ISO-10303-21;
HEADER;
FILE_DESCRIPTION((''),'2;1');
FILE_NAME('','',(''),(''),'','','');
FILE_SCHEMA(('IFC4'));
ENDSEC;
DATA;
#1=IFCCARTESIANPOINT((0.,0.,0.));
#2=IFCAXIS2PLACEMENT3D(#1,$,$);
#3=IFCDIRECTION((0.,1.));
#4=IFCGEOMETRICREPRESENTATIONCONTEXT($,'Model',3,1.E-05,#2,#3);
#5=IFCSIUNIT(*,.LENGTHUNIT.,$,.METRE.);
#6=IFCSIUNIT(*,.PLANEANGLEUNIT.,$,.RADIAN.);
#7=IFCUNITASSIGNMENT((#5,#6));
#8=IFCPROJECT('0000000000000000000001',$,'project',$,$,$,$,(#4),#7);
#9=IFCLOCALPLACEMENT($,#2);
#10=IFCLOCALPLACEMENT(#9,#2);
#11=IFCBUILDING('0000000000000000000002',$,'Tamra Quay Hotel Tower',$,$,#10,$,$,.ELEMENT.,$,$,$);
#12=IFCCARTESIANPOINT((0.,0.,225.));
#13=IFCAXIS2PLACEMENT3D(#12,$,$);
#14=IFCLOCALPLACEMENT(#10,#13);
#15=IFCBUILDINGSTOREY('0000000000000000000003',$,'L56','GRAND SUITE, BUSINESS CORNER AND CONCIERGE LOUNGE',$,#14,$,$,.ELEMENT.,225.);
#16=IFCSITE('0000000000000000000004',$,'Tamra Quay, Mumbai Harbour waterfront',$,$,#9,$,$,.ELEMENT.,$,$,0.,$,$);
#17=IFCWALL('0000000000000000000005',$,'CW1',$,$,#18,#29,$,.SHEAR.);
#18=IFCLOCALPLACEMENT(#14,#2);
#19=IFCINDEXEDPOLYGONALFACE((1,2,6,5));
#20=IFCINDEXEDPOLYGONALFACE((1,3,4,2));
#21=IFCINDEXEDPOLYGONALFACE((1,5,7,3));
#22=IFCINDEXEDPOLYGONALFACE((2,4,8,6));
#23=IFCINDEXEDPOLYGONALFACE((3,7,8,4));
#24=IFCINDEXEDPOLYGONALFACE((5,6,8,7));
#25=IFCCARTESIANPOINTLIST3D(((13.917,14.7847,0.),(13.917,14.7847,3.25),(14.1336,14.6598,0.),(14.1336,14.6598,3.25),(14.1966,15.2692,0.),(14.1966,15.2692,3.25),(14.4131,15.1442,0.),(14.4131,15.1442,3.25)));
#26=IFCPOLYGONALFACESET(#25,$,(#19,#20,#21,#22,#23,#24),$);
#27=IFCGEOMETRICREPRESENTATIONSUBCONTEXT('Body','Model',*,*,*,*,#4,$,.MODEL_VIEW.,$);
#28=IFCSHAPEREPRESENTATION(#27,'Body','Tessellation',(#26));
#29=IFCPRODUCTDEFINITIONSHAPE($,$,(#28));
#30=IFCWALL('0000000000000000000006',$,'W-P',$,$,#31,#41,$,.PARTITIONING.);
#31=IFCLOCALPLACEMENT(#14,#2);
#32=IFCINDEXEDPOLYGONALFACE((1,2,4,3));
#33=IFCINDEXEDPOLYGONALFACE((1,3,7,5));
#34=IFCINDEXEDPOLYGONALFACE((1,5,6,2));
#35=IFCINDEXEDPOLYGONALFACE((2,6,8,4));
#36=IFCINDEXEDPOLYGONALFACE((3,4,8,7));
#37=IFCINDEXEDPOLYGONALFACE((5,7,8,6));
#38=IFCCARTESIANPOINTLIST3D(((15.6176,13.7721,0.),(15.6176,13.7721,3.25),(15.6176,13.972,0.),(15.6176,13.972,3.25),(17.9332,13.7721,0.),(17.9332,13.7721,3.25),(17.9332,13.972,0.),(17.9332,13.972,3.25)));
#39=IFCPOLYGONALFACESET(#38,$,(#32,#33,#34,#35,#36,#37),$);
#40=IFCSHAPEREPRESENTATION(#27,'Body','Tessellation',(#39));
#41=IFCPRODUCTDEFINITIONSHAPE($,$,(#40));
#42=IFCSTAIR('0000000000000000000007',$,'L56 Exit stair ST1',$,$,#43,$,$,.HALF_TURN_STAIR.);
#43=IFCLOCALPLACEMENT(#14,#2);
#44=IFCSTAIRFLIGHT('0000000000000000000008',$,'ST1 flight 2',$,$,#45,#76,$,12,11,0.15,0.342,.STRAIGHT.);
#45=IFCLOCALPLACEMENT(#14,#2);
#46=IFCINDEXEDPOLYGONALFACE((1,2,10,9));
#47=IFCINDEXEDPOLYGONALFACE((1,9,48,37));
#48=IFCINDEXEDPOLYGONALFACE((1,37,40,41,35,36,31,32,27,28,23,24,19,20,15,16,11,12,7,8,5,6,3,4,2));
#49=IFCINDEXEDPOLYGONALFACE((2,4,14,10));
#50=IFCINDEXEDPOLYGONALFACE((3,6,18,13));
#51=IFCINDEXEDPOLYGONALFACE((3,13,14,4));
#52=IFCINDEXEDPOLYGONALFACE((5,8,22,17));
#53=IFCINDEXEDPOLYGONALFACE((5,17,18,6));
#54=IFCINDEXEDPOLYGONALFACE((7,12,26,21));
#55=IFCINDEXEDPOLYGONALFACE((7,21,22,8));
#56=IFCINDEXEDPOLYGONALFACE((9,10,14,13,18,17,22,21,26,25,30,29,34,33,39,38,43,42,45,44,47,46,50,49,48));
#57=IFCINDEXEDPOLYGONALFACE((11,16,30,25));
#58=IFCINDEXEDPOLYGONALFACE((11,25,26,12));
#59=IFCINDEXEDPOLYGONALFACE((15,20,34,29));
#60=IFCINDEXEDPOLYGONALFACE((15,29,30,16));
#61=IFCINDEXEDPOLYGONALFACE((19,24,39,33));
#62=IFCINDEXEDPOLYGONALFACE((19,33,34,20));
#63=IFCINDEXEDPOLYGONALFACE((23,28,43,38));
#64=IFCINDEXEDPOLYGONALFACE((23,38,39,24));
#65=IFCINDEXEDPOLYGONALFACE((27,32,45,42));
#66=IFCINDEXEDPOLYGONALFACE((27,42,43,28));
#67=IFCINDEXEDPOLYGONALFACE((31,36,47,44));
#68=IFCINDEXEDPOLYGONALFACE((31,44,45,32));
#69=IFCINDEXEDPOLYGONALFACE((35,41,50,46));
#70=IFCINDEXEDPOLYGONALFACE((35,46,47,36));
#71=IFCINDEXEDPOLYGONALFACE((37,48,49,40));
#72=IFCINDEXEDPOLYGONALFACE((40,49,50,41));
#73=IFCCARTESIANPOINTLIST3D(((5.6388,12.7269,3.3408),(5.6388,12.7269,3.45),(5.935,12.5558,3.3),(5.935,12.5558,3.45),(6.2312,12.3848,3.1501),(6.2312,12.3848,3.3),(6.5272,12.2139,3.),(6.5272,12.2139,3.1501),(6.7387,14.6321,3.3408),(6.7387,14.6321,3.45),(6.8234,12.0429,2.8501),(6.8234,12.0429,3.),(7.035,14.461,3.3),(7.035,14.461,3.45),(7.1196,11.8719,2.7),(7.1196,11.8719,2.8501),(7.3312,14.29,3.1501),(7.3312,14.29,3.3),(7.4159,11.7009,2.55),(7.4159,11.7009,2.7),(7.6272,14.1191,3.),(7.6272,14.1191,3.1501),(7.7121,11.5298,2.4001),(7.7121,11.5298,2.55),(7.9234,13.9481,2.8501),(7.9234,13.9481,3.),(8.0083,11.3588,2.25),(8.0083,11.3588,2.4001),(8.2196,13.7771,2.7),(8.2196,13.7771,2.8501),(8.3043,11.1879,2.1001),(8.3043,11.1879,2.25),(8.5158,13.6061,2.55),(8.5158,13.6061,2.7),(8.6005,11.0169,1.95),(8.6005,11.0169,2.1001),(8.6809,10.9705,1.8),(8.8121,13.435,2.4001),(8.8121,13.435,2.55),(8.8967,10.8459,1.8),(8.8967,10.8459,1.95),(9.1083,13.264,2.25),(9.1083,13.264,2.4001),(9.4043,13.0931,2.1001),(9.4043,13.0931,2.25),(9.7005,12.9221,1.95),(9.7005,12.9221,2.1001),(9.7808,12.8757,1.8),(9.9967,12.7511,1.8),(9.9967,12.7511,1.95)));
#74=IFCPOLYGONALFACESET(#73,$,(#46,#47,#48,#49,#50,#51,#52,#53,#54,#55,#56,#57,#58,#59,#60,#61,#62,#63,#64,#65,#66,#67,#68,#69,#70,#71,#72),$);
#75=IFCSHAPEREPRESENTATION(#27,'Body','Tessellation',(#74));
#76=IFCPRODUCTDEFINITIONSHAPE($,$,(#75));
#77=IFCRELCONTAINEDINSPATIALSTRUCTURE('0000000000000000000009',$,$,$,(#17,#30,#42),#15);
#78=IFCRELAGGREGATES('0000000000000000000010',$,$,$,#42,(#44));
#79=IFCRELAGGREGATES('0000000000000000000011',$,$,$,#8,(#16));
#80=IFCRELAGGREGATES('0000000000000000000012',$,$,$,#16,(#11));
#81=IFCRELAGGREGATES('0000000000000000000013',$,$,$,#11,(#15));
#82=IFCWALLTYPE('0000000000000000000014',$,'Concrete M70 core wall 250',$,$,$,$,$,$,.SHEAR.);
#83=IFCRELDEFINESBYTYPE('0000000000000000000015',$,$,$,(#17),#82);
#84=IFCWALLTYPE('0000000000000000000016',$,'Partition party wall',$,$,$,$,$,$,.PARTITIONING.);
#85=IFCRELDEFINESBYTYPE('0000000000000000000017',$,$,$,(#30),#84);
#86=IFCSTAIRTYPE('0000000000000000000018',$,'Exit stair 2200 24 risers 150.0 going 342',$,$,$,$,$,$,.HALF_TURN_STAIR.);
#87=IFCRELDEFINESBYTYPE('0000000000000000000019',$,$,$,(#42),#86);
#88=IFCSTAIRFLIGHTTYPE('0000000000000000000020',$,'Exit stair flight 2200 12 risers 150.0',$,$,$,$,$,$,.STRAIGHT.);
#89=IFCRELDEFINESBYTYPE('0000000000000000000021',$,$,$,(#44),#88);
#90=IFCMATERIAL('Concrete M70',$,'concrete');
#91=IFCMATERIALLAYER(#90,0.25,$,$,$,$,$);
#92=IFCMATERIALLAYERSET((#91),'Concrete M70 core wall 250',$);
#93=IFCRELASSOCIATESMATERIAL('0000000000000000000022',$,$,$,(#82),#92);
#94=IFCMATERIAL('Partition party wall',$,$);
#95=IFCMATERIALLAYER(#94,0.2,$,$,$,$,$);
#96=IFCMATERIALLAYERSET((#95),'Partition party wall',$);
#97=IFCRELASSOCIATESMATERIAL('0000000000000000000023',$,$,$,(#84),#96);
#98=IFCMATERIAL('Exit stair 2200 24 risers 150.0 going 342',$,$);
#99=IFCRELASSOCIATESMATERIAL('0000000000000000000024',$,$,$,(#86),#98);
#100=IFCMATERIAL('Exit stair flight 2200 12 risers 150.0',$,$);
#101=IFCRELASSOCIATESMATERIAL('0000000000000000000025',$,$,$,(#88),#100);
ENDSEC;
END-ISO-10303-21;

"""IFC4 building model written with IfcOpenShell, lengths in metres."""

from ifc_helpers import new_model, si_unit, direction, frame, frame_2d, origin, place, context, subcontext, project, spatial, polyline, rectangle, outline, extrude, material, layer, layer_set, type_object, element, aggregate, save


model = new_model("IFC4")

# Units and contexts
model_context = context("Model", 3, precision=1e-05, world=origin(), true_north=direction((0.0, 1.0)))
body_context = subcontext(model_context, "Body", "Model", "MODEL_VIEW")
ifc_project = project(units=[si_unit("LENGTHUNIT", "METRE"), si_unit("PLANEANGLEUNIT", "RADIAN")], contexts=[model_context])

# Site, building, storey
site_placement = place(None, origin())
site = spatial("IfcSite", under=ifc_project, at=site_placement, Name="Tamra Quay, Mumbai Harbour waterfront", CompositionType="ELEMENT", RefElevation=0.0)
building_placement = place(site_placement, origin())
building = spatial("IfcBuilding", under=site, at=building_placement, Name="Tamra Quay Hotel Tower", CompositionType="ELEMENT")
storey_placement = place(building_placement, frame((0.0, 0.0, 225.0)))
storey = spatial("IfcBuildingStorey", under=building, at=storey_placement, Name="L56", Description="GRAND SUITE, BUSINESS CORNER AND CONCIERGE LOUNGE", CompositionType="ELEMENT", Elevation=225.0)

# Shared definitions
ifc_material_1 = material(Name="Concrete M70", Category="concrete")

# Walls
ifc_layer_1 = layer(ifc_material_1, 0.25)
ifc_layer_set_1 = layer_set([ifc_layer_1], Name="Concrete M70 core wall 250")
wall_type_1 = type_object("IfcWallType", Name="Concrete M70 core wall 250", PredefinedType="SHEAR", material=ifc_layer_set_1)
wall_1_placement = place(storey_placement, frame((14.3049, 15.2068, 0.0), z_axis=(0.0, 0.0, 1.0), x_axis=(-0.499848, -0.866113, 0.0)))
element("IfcWall", 1, at=wall_1_placement, inside=storey, type_object=wall_type_1, Name="CW1", PredefinedType="SHEAR", context=body_context, shape_type="SweptSolid", body=[
    extrude(rectangle(XDim=0.5593, YDim=0.25, at=frame_2d((0.2798, 0.0))), origin(), (0.0, 0.0, 1.0), 3.25),
])
ifc_material_2 = material(Name="Partition party wall")
ifc_layer_2 = layer(ifc_material_2, 0.2)
ifc_layer_set_2 = layer_set([ifc_layer_2], Name="Partition party wall")
wall_type_2 = type_object("IfcWallType", Name="Partition party wall", PredefinedType="PARTITIONING", material=ifc_layer_set_2)
wall_2_placement = place(storey_placement, frame((15.6177, 13.8721, 0.0), z_axis=(0.0, 0.0, 1.0), x_axis=(1.0, 0.0, 0.0)))
element("IfcWall", 2, at=wall_2_placement, inside=storey, type_object=wall_type_2, Name="W-P", PredefinedType="PARTITIONING", context=body_context, shape_type="SweptSolid", body=[
    extrude(rectangle(XDim=2.3157, YDim=0.2, at=frame_2d((1.1577, 0.0))), origin(), (0.0, 0.0, 1.0), 3.25),
])

# Stair, stair flight
ifc_material_3 = material(Name="Exit stair 2200 24 risers 150.0 going 342")
stair_type = type_object("IfcStairType", Name="Exit stair 2200 24 risers 150.0 going 342", PredefinedType="HALF_TURN_STAIR", material=ifc_material_3)
stair_placement = place(storey_placement, origin())
stair = element("IfcStair", 3, at=stair_placement, inside=storey, type_object=stair_type, Name="L56 Exit stair ST1", PredefinedType="HALF_TURN_STAIR")
ifc_material_4 = material(Name="Exit stair flight 2200 12 risers 150.0")
stair_flight_type = type_object("IfcStairFlightType", Name="Exit stair flight 2200 12 risers 150.0", PredefinedType="STRAIGHT", material=ifc_material_4)
stair_flight_placement = place(storey_placement, frame((9.4468, 11.7986, 1.8), z_axis=(0.0, 0.0, 1.0), x_axis=(-0.866025, 0.5, 0.0)))
stair_flight = element("IfcStairFlight", 4, at=stair_flight_placement, type_object=stair_flight_type, Name="ST1 flight 2", NumberOfRisers=12, NumberOfTreads=11, PredefinedType="STRAIGHT", RiserHeight=0.15, TreadLength=0.342, context=body_context, shape_type="SweptSolid", body=[
    extrude(outline(polyline([(0.0, 0.0), (0.0, 0.1499), (0.342, 0.1499), (0.342, 0.3), (0.6841, 0.3), (0.6841, 0.45), (1.0259, 0.45), (1.0259, 0.6001), (1.3679, 0.6001), (1.3679, 0.75), (1.71, 0.75), (1.71, 0.8999), (2.052, 0.8999), (2.052, 1.05), (2.394, 1.05), (2.394, 1.2), (2.7361, 1.2), (2.7361, 1.3501), (3.0779, 1.3501), (3.0779, 1.5), (3.4199, 1.5), (3.4199, 1.6499), (3.762, 1.6499), (3.762, 1.8), (3.762, 1.5408), (0.2493, 0.0), (0.0, 0.0)])), frame((0.0, 1.1001, 0.0), z_axis=(0.0, -1.0, 0.0), x_axis=(1.0, 0.0, 0.0)), (0.0, 0.0, 1.0), 2.2),
])
aggregate(stair, [stair_flight])

save(model, "model.ifc")
